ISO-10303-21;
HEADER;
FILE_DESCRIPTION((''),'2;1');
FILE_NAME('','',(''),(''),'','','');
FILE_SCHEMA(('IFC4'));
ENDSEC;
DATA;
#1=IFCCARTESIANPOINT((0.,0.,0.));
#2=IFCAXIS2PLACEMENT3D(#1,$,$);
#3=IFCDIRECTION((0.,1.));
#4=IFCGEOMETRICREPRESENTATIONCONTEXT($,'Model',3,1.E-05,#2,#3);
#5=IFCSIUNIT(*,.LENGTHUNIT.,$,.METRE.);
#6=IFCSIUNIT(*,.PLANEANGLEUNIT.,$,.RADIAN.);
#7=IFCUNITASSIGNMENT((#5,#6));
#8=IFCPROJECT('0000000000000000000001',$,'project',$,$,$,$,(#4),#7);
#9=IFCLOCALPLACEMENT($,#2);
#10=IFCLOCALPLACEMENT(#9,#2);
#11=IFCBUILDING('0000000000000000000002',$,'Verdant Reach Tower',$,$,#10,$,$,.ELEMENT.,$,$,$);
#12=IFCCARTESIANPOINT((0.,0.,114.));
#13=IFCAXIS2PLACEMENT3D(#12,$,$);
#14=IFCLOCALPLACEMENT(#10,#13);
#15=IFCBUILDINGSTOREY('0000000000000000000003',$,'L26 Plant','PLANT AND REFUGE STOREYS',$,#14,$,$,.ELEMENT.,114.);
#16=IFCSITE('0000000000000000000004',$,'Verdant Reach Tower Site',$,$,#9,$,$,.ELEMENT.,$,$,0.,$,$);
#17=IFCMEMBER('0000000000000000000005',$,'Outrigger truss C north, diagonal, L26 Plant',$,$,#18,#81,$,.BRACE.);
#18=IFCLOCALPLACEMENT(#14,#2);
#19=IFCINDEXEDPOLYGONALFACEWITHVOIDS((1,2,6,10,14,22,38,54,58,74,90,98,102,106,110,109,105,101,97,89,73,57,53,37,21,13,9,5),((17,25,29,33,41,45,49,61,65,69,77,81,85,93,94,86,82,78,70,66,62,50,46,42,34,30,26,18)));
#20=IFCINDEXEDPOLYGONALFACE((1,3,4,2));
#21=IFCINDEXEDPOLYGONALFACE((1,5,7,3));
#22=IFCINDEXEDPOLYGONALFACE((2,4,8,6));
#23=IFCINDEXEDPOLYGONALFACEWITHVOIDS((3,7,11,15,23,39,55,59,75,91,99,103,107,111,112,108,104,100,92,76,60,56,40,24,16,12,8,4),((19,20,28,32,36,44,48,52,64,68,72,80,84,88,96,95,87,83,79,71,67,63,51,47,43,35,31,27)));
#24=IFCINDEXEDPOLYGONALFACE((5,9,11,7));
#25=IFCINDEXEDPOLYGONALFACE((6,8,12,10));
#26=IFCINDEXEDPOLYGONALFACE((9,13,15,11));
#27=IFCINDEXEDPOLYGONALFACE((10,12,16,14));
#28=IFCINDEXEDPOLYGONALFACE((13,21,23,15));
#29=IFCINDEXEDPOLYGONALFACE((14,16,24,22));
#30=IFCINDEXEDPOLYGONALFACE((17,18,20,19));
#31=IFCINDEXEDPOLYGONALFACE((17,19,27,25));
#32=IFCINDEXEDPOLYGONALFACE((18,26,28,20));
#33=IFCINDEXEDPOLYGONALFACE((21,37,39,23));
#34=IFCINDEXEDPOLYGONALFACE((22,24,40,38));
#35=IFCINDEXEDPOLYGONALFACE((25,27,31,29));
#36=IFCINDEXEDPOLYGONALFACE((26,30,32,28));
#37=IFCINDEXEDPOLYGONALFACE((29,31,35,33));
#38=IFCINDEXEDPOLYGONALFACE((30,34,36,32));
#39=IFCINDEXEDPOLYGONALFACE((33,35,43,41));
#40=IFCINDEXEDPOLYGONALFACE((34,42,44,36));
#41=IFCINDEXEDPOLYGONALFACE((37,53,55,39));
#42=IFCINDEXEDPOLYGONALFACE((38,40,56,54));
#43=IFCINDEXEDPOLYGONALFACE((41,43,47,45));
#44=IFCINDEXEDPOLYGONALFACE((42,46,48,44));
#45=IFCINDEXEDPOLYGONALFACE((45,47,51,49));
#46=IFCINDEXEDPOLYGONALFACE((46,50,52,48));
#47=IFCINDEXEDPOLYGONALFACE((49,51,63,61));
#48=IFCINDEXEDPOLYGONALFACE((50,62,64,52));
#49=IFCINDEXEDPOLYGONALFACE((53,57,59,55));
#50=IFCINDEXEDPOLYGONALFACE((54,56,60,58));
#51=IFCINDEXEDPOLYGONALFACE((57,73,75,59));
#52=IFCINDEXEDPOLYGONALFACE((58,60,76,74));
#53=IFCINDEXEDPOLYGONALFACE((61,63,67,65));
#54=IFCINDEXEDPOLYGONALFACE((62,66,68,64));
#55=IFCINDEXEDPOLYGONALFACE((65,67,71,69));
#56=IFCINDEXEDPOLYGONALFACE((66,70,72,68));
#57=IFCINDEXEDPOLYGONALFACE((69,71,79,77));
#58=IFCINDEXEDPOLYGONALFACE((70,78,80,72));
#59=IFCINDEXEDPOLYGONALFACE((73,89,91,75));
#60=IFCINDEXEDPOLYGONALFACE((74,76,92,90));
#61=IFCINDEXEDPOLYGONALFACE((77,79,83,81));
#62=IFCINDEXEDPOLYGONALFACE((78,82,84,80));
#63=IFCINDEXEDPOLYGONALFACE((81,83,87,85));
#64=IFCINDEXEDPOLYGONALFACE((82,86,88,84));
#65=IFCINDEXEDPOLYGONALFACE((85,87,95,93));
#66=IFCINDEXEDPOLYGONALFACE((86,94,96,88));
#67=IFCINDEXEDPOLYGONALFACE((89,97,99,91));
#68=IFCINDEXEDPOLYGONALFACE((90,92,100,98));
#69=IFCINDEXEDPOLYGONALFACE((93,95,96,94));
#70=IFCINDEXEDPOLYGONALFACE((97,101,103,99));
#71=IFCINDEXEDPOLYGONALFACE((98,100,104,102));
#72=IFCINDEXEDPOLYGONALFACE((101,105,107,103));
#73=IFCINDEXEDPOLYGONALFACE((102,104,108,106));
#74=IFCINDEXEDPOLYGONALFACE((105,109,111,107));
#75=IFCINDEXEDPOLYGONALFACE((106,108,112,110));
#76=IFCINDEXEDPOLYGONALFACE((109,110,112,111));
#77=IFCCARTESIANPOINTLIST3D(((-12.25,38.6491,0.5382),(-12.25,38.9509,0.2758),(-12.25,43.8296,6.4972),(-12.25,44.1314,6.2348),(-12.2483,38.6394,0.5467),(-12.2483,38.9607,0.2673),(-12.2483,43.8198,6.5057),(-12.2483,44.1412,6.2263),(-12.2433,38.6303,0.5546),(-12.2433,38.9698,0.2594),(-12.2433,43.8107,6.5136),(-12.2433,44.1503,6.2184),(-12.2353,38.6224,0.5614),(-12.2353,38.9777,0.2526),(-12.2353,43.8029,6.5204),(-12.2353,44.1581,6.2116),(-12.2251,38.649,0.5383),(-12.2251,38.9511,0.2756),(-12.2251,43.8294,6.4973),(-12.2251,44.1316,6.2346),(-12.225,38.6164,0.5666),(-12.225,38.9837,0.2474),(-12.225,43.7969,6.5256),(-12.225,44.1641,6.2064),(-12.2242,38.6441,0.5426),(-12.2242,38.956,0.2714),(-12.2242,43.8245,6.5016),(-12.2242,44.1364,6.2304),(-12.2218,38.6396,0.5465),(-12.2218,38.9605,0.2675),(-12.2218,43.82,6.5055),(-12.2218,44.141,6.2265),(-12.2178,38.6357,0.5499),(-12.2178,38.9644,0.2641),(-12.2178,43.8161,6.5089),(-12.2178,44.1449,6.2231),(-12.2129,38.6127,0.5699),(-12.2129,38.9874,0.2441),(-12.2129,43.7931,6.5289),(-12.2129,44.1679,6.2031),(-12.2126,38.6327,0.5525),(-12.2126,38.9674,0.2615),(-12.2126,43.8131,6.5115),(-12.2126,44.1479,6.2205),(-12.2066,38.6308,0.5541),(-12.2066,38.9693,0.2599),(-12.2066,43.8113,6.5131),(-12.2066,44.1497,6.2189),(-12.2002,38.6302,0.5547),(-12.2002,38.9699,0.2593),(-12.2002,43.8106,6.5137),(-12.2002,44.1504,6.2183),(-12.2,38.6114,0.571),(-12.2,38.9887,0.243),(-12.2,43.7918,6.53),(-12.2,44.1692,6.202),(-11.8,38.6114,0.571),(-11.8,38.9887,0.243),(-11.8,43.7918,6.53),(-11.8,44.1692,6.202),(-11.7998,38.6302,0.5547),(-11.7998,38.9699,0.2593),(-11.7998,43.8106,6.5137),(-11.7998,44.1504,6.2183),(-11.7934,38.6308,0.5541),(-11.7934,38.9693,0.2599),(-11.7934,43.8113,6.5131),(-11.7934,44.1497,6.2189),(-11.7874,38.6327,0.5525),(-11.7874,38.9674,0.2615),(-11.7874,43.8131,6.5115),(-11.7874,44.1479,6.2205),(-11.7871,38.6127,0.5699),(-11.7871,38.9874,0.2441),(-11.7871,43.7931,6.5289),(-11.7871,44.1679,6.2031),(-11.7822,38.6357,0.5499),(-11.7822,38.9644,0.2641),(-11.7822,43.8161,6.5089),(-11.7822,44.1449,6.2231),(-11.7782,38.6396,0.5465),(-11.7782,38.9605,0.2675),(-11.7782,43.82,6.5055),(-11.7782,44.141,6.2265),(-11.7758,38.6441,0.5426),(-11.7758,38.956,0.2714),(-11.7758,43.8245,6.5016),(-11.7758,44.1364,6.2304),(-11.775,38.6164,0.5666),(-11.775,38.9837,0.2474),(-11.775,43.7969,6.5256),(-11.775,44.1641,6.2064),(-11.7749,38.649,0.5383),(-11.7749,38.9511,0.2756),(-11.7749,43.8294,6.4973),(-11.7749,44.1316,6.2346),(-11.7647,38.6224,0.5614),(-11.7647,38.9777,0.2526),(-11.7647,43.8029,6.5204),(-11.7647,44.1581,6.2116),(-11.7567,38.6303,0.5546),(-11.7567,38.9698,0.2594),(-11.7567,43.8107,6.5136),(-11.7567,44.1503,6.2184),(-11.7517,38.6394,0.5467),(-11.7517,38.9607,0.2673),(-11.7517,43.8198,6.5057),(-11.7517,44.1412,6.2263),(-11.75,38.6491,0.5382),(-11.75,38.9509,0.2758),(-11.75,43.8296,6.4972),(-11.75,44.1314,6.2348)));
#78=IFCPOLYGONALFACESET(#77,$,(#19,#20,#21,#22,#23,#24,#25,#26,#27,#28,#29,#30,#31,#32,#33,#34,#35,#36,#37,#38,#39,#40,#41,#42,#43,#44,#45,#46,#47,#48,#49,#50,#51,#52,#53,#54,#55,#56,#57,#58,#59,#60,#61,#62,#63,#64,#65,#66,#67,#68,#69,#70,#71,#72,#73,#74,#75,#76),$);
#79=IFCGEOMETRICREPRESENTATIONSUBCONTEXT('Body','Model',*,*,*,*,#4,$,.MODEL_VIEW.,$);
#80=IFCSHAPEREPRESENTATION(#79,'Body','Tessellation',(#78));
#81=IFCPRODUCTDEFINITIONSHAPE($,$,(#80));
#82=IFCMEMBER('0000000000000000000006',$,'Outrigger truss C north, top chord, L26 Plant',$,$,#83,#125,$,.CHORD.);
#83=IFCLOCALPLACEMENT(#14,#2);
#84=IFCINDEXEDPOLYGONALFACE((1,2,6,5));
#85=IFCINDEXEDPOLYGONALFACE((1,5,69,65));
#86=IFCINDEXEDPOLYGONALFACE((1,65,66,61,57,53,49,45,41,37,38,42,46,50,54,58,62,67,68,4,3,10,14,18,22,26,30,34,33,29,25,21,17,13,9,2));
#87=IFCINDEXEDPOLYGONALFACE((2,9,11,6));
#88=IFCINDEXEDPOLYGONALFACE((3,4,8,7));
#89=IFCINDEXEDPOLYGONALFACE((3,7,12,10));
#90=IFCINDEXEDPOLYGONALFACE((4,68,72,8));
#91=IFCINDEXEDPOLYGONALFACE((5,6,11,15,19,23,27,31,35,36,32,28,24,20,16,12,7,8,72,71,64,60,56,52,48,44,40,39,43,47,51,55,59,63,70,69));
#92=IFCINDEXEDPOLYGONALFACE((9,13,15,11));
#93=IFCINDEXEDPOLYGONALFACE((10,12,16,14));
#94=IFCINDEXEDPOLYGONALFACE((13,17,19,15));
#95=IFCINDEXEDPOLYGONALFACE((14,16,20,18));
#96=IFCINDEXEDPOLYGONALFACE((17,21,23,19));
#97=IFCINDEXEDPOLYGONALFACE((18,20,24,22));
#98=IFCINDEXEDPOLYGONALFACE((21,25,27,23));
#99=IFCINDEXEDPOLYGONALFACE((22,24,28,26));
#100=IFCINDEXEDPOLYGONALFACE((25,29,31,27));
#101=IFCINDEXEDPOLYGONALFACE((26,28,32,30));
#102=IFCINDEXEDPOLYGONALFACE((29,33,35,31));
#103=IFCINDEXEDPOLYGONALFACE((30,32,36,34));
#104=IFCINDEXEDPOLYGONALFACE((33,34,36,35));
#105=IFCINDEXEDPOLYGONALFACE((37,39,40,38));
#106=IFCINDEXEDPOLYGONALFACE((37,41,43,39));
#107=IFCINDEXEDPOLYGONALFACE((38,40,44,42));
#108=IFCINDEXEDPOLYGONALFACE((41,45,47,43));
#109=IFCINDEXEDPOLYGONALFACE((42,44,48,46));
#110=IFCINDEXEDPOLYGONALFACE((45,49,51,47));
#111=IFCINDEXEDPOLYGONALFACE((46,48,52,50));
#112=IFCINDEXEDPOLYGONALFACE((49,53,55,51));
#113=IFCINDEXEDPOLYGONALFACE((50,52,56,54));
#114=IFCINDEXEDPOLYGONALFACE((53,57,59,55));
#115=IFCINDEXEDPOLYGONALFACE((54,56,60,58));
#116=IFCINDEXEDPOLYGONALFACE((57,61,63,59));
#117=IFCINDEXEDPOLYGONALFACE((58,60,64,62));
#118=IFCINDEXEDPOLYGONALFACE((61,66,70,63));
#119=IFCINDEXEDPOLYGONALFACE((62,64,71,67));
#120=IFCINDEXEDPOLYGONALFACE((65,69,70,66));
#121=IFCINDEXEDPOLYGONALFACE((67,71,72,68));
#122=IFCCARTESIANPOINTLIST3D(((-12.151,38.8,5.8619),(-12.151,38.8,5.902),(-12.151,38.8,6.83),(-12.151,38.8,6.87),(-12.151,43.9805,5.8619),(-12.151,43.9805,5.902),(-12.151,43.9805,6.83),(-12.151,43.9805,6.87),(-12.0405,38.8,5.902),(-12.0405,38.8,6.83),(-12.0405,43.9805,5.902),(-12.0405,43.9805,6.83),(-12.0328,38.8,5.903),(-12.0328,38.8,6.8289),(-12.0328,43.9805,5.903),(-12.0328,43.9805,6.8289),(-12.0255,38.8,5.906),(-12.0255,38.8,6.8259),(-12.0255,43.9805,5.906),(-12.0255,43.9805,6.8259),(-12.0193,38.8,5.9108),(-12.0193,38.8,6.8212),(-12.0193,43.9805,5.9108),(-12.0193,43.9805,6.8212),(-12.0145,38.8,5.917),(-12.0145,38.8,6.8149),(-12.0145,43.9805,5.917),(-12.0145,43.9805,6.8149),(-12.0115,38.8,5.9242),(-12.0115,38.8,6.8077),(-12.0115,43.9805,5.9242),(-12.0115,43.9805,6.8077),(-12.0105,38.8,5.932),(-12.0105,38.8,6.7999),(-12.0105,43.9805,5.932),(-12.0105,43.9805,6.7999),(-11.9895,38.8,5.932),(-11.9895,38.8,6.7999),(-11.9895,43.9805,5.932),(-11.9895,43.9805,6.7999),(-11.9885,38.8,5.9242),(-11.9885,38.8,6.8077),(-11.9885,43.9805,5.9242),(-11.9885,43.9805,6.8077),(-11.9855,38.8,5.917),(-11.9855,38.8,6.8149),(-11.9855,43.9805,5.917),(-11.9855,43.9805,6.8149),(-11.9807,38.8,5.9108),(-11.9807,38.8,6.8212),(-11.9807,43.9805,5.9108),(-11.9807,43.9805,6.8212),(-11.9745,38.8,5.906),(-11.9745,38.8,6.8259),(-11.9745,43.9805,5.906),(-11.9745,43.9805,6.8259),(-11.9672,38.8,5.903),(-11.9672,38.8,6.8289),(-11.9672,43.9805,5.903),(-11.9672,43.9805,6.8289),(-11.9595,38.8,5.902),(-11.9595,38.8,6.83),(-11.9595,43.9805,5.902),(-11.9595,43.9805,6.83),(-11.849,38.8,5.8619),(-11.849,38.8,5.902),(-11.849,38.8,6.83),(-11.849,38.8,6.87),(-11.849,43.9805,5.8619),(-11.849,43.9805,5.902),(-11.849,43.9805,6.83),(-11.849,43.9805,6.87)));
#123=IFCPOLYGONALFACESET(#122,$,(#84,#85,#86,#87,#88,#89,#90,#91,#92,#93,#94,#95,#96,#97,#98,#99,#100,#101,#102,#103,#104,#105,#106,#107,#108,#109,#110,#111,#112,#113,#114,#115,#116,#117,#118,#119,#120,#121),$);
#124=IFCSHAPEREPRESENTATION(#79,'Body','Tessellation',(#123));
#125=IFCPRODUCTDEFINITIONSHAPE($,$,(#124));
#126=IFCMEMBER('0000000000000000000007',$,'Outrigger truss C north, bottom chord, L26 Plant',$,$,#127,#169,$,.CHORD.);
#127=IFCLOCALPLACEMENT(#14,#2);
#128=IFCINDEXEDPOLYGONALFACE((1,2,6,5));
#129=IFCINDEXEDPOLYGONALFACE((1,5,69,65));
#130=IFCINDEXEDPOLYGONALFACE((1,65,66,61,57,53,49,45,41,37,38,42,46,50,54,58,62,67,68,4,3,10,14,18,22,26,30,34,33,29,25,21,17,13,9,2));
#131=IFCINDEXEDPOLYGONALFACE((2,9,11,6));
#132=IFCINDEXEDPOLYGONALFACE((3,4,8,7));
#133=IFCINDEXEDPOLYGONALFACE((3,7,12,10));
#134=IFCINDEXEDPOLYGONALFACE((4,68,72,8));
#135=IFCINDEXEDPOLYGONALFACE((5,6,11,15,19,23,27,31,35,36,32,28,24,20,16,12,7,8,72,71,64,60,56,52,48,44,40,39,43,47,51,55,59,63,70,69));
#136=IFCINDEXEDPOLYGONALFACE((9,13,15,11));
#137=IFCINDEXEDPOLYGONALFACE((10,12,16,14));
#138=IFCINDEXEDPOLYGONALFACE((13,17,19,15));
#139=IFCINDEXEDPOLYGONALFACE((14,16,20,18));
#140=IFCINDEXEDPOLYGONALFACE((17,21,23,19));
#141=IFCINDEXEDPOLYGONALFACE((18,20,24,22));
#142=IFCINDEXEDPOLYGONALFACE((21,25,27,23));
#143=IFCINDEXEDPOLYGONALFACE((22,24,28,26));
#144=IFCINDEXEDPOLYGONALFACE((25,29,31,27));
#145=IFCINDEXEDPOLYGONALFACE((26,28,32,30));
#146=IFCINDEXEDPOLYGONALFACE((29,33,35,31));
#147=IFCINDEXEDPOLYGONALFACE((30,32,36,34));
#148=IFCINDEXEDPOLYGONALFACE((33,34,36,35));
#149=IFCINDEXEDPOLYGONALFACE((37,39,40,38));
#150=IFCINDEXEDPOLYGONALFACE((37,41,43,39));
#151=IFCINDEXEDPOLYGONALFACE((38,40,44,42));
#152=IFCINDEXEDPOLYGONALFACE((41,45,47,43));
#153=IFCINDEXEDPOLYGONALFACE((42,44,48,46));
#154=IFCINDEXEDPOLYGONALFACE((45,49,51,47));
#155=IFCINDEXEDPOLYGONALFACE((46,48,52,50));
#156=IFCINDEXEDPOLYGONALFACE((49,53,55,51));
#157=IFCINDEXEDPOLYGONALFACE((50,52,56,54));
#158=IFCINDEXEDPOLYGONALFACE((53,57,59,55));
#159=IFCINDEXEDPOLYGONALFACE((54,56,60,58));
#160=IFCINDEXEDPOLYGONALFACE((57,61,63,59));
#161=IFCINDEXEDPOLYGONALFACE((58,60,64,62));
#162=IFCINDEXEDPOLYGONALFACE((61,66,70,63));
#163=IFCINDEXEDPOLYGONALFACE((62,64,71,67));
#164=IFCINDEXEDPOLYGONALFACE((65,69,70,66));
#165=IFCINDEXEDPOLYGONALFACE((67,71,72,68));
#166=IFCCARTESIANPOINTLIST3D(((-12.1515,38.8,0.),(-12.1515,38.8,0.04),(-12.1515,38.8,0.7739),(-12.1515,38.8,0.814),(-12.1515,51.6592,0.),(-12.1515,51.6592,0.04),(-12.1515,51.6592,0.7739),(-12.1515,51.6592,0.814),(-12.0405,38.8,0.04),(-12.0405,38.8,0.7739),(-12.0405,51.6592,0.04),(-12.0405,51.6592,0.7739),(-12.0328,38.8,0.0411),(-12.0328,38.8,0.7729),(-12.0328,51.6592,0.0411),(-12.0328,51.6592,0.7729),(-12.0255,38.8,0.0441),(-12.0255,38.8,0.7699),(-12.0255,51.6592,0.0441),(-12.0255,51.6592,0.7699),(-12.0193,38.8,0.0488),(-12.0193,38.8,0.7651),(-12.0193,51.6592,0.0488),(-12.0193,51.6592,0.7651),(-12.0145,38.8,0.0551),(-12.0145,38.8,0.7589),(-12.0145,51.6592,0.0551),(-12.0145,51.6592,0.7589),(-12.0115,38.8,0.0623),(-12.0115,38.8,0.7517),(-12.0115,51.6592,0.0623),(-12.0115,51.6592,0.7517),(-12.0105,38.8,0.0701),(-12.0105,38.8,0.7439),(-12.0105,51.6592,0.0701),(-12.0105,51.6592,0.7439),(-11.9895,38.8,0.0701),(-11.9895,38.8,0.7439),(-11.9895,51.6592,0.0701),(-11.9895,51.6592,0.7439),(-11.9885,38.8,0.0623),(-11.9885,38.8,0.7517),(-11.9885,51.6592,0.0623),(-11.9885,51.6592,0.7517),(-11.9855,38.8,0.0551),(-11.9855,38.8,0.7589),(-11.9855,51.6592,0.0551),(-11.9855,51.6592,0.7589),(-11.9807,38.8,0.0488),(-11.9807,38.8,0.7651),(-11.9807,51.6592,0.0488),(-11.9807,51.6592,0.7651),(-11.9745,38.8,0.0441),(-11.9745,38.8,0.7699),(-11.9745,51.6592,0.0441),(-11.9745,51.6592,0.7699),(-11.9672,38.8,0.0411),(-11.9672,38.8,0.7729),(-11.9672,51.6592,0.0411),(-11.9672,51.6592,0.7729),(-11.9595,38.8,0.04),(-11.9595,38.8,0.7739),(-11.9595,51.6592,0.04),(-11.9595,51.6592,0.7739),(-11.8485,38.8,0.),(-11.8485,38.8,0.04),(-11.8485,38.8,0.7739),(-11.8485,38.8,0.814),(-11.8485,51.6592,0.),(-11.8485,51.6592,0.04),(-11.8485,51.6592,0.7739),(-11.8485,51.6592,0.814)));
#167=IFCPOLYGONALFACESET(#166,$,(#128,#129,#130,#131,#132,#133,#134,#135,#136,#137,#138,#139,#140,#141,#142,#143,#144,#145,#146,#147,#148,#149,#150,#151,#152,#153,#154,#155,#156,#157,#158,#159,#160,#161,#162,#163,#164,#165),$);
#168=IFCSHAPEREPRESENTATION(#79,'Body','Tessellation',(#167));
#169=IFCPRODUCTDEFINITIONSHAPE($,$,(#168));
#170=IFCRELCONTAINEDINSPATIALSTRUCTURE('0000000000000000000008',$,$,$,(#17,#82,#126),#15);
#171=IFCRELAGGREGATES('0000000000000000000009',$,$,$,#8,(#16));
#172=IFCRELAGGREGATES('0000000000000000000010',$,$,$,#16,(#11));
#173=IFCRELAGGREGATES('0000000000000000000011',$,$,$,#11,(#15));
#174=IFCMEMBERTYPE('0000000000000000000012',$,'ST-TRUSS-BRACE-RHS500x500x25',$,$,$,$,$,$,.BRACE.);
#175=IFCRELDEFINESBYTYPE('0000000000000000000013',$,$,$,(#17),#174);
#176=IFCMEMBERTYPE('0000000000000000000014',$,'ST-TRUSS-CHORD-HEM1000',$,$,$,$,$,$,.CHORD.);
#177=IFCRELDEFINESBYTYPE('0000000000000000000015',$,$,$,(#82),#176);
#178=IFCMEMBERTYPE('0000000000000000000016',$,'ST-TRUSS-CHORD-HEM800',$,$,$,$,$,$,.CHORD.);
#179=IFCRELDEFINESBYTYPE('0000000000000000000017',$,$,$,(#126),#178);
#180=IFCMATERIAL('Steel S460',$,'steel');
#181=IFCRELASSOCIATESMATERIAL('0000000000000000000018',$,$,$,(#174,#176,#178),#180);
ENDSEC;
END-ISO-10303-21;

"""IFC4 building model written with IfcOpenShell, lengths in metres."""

from ifc_helpers import new_model, si_unit, direction, frame, origin, origin_2d, place, context, subcontext, project, spatial, hollow_rectangle, i_section, extrude, material, material_profile, profile_set, type_object, element, save


model = new_model("IFC4")

# Units and contexts
model_context = context("Model", 3, precision=1e-05, world=origin(), true_north=direction((0.0, 1.0)))
body_context = subcontext(model_context, "Body", "Model", "MODEL_VIEW")
ifc_project = project(units=[si_unit("LENGTHUNIT", "METRE"), si_unit("PLANEANGLEUNIT", "RADIAN")], contexts=[model_context])

# Site, building, storey
site_placement = place(None, origin())
site = spatial("IfcSite", under=ifc_project, at=site_placement, Name="Verdant Reach Tower Site", CompositionType="ELEMENT", RefElevation=0.0)
building_placement = place(site_placement, origin())
building = spatial("IfcBuilding", under=site, at=building_placement, Name="Verdant Reach Tower", CompositionType="ELEMENT")
storey_placement = place(building_placement, frame((0.0, 0.0, 114.0)))
storey = spatial("IfcBuildingStorey", under=building, at=storey_placement, Name="L26 Plant", Description="PLANT AND REFUGE STOREYS", CompositionType="ELEMENT", Elevation=114.0)

# Members
ifc_material_1 = material(Name="Steel S460", Category="steel")
ifc_material_profile_1 = material_profile(ifc_material_1, hollow_rectangle(XDim=0.5, YDim=0.5, WallThickness=0.0249, InnerFilletRadius=0.0249, OuterFilletRadius=0.05, at=origin_2d()), Name="RHS 500x500x25")
ifc_profile_set_1 = profile_set([ifc_material_profile_1], Name="Steel S460")
member_type_1 = type_object("IfcMemberType", Name="ST-TRUSS-BRACE-RHS500x500x25", PredefinedType="BRACE", material=ifc_profile_set_1)
member_1_placement = place(storey_placement, frame((-12.0, 38.8, 0.407), z_axis=(0.0, 0.656085, 0.754687), x_axis=(-1.0, 0.0, 0.0)))
element("IfcMember", 1, at=member_1_placement, inside=storey, type_object=member_type_1, Name="Outrigger truss C north, diagonal, L26 Plant", PredefinedType="BRACE", context=body_context, shape_type="SweptSolid", body=[
    extrude(hollow_rectangle(XDim=0.5, YDim=0.5, WallThickness=0.0249, InnerFilletRadius=0.0249, OuterFilletRadius=0.05, at=origin_2d()), origin(), (0.0, 0.0, 1.0), 7.896),
])
ifc_material_profile_2 = material_profile(ifc_material_1, i_section(OverallWidth=0.302, OverallDepth=1.0081, WebThickness=0.021, FlangeThickness=0.04, FilletRadius=0.03, at=origin_2d()), Name="HEM 1000")
ifc_profile_set_2 = profile_set([ifc_material_profile_2], Name="Steel S460")
member_type_2 = type_object("IfcMemberType", Name="ST-TRUSS-CHORD-HEM1000", PredefinedType="CHORD", material=ifc_profile_set_2)
member_2_placement = place(storey_placement, frame((-12.0, 38.8, 6.366), z_axis=(0.0, 1.0, 0.0), x_axis=(-1.0, 0.0, 0.0)))
element("IfcMember", 2, at=member_2_placement, inside=storey, type_object=member_type_2, Name="Outrigger truss C north, top chord, L26 Plant", PredefinedType="CHORD", context=body_context, shape_type="SweptSolid", body=[
    extrude(i_section(OverallWidth=0.302, OverallDepth=1.0081, WebThickness=0.021, FlangeThickness=0.04, FilletRadius=0.03, at=origin_2d()), origin(), (0.0, 0.0, 1.0), 5.1804),
])
ifc_material_profile_3 = material_profile(ifc_material_1, i_section(OverallWidth=0.303, OverallDepth=0.814, WebThickness=0.021, FlangeThickness=0.04, FilletRadius=0.03, at=origin_2d()), Name="HEM 800")
ifc_profile_set_3 = profile_set([ifc_material_profile_3], Name="Steel S460")
member_type_3 = type_object("IfcMemberType", Name="ST-TRUSS-CHORD-HEM800", PredefinedType="CHORD", material=ifc_profile_set_3)
member_3_placement = place(storey_placement, frame((-12.0, 38.8, 0.407), z_axis=(0.0, 1.0, 0.0), x_axis=(-1.0, 0.0, 0.0)))
element("IfcMember", 3, at=member_3_placement, inside=storey, type_object=member_type_3, Name="Outrigger truss C north, bottom chord, L26 Plant", PredefinedType="CHORD", context=body_context, shape_type="SweptSolid", body=[
    extrude(i_section(OverallWidth=0.303, OverallDepth=0.814, WebThickness=0.021, FlangeThickness=0.04, FilletRadius=0.03, at=origin_2d()), origin(), (0.0, 0.0, 1.0), 12.8591),
])

save(model, "model.ifc")
